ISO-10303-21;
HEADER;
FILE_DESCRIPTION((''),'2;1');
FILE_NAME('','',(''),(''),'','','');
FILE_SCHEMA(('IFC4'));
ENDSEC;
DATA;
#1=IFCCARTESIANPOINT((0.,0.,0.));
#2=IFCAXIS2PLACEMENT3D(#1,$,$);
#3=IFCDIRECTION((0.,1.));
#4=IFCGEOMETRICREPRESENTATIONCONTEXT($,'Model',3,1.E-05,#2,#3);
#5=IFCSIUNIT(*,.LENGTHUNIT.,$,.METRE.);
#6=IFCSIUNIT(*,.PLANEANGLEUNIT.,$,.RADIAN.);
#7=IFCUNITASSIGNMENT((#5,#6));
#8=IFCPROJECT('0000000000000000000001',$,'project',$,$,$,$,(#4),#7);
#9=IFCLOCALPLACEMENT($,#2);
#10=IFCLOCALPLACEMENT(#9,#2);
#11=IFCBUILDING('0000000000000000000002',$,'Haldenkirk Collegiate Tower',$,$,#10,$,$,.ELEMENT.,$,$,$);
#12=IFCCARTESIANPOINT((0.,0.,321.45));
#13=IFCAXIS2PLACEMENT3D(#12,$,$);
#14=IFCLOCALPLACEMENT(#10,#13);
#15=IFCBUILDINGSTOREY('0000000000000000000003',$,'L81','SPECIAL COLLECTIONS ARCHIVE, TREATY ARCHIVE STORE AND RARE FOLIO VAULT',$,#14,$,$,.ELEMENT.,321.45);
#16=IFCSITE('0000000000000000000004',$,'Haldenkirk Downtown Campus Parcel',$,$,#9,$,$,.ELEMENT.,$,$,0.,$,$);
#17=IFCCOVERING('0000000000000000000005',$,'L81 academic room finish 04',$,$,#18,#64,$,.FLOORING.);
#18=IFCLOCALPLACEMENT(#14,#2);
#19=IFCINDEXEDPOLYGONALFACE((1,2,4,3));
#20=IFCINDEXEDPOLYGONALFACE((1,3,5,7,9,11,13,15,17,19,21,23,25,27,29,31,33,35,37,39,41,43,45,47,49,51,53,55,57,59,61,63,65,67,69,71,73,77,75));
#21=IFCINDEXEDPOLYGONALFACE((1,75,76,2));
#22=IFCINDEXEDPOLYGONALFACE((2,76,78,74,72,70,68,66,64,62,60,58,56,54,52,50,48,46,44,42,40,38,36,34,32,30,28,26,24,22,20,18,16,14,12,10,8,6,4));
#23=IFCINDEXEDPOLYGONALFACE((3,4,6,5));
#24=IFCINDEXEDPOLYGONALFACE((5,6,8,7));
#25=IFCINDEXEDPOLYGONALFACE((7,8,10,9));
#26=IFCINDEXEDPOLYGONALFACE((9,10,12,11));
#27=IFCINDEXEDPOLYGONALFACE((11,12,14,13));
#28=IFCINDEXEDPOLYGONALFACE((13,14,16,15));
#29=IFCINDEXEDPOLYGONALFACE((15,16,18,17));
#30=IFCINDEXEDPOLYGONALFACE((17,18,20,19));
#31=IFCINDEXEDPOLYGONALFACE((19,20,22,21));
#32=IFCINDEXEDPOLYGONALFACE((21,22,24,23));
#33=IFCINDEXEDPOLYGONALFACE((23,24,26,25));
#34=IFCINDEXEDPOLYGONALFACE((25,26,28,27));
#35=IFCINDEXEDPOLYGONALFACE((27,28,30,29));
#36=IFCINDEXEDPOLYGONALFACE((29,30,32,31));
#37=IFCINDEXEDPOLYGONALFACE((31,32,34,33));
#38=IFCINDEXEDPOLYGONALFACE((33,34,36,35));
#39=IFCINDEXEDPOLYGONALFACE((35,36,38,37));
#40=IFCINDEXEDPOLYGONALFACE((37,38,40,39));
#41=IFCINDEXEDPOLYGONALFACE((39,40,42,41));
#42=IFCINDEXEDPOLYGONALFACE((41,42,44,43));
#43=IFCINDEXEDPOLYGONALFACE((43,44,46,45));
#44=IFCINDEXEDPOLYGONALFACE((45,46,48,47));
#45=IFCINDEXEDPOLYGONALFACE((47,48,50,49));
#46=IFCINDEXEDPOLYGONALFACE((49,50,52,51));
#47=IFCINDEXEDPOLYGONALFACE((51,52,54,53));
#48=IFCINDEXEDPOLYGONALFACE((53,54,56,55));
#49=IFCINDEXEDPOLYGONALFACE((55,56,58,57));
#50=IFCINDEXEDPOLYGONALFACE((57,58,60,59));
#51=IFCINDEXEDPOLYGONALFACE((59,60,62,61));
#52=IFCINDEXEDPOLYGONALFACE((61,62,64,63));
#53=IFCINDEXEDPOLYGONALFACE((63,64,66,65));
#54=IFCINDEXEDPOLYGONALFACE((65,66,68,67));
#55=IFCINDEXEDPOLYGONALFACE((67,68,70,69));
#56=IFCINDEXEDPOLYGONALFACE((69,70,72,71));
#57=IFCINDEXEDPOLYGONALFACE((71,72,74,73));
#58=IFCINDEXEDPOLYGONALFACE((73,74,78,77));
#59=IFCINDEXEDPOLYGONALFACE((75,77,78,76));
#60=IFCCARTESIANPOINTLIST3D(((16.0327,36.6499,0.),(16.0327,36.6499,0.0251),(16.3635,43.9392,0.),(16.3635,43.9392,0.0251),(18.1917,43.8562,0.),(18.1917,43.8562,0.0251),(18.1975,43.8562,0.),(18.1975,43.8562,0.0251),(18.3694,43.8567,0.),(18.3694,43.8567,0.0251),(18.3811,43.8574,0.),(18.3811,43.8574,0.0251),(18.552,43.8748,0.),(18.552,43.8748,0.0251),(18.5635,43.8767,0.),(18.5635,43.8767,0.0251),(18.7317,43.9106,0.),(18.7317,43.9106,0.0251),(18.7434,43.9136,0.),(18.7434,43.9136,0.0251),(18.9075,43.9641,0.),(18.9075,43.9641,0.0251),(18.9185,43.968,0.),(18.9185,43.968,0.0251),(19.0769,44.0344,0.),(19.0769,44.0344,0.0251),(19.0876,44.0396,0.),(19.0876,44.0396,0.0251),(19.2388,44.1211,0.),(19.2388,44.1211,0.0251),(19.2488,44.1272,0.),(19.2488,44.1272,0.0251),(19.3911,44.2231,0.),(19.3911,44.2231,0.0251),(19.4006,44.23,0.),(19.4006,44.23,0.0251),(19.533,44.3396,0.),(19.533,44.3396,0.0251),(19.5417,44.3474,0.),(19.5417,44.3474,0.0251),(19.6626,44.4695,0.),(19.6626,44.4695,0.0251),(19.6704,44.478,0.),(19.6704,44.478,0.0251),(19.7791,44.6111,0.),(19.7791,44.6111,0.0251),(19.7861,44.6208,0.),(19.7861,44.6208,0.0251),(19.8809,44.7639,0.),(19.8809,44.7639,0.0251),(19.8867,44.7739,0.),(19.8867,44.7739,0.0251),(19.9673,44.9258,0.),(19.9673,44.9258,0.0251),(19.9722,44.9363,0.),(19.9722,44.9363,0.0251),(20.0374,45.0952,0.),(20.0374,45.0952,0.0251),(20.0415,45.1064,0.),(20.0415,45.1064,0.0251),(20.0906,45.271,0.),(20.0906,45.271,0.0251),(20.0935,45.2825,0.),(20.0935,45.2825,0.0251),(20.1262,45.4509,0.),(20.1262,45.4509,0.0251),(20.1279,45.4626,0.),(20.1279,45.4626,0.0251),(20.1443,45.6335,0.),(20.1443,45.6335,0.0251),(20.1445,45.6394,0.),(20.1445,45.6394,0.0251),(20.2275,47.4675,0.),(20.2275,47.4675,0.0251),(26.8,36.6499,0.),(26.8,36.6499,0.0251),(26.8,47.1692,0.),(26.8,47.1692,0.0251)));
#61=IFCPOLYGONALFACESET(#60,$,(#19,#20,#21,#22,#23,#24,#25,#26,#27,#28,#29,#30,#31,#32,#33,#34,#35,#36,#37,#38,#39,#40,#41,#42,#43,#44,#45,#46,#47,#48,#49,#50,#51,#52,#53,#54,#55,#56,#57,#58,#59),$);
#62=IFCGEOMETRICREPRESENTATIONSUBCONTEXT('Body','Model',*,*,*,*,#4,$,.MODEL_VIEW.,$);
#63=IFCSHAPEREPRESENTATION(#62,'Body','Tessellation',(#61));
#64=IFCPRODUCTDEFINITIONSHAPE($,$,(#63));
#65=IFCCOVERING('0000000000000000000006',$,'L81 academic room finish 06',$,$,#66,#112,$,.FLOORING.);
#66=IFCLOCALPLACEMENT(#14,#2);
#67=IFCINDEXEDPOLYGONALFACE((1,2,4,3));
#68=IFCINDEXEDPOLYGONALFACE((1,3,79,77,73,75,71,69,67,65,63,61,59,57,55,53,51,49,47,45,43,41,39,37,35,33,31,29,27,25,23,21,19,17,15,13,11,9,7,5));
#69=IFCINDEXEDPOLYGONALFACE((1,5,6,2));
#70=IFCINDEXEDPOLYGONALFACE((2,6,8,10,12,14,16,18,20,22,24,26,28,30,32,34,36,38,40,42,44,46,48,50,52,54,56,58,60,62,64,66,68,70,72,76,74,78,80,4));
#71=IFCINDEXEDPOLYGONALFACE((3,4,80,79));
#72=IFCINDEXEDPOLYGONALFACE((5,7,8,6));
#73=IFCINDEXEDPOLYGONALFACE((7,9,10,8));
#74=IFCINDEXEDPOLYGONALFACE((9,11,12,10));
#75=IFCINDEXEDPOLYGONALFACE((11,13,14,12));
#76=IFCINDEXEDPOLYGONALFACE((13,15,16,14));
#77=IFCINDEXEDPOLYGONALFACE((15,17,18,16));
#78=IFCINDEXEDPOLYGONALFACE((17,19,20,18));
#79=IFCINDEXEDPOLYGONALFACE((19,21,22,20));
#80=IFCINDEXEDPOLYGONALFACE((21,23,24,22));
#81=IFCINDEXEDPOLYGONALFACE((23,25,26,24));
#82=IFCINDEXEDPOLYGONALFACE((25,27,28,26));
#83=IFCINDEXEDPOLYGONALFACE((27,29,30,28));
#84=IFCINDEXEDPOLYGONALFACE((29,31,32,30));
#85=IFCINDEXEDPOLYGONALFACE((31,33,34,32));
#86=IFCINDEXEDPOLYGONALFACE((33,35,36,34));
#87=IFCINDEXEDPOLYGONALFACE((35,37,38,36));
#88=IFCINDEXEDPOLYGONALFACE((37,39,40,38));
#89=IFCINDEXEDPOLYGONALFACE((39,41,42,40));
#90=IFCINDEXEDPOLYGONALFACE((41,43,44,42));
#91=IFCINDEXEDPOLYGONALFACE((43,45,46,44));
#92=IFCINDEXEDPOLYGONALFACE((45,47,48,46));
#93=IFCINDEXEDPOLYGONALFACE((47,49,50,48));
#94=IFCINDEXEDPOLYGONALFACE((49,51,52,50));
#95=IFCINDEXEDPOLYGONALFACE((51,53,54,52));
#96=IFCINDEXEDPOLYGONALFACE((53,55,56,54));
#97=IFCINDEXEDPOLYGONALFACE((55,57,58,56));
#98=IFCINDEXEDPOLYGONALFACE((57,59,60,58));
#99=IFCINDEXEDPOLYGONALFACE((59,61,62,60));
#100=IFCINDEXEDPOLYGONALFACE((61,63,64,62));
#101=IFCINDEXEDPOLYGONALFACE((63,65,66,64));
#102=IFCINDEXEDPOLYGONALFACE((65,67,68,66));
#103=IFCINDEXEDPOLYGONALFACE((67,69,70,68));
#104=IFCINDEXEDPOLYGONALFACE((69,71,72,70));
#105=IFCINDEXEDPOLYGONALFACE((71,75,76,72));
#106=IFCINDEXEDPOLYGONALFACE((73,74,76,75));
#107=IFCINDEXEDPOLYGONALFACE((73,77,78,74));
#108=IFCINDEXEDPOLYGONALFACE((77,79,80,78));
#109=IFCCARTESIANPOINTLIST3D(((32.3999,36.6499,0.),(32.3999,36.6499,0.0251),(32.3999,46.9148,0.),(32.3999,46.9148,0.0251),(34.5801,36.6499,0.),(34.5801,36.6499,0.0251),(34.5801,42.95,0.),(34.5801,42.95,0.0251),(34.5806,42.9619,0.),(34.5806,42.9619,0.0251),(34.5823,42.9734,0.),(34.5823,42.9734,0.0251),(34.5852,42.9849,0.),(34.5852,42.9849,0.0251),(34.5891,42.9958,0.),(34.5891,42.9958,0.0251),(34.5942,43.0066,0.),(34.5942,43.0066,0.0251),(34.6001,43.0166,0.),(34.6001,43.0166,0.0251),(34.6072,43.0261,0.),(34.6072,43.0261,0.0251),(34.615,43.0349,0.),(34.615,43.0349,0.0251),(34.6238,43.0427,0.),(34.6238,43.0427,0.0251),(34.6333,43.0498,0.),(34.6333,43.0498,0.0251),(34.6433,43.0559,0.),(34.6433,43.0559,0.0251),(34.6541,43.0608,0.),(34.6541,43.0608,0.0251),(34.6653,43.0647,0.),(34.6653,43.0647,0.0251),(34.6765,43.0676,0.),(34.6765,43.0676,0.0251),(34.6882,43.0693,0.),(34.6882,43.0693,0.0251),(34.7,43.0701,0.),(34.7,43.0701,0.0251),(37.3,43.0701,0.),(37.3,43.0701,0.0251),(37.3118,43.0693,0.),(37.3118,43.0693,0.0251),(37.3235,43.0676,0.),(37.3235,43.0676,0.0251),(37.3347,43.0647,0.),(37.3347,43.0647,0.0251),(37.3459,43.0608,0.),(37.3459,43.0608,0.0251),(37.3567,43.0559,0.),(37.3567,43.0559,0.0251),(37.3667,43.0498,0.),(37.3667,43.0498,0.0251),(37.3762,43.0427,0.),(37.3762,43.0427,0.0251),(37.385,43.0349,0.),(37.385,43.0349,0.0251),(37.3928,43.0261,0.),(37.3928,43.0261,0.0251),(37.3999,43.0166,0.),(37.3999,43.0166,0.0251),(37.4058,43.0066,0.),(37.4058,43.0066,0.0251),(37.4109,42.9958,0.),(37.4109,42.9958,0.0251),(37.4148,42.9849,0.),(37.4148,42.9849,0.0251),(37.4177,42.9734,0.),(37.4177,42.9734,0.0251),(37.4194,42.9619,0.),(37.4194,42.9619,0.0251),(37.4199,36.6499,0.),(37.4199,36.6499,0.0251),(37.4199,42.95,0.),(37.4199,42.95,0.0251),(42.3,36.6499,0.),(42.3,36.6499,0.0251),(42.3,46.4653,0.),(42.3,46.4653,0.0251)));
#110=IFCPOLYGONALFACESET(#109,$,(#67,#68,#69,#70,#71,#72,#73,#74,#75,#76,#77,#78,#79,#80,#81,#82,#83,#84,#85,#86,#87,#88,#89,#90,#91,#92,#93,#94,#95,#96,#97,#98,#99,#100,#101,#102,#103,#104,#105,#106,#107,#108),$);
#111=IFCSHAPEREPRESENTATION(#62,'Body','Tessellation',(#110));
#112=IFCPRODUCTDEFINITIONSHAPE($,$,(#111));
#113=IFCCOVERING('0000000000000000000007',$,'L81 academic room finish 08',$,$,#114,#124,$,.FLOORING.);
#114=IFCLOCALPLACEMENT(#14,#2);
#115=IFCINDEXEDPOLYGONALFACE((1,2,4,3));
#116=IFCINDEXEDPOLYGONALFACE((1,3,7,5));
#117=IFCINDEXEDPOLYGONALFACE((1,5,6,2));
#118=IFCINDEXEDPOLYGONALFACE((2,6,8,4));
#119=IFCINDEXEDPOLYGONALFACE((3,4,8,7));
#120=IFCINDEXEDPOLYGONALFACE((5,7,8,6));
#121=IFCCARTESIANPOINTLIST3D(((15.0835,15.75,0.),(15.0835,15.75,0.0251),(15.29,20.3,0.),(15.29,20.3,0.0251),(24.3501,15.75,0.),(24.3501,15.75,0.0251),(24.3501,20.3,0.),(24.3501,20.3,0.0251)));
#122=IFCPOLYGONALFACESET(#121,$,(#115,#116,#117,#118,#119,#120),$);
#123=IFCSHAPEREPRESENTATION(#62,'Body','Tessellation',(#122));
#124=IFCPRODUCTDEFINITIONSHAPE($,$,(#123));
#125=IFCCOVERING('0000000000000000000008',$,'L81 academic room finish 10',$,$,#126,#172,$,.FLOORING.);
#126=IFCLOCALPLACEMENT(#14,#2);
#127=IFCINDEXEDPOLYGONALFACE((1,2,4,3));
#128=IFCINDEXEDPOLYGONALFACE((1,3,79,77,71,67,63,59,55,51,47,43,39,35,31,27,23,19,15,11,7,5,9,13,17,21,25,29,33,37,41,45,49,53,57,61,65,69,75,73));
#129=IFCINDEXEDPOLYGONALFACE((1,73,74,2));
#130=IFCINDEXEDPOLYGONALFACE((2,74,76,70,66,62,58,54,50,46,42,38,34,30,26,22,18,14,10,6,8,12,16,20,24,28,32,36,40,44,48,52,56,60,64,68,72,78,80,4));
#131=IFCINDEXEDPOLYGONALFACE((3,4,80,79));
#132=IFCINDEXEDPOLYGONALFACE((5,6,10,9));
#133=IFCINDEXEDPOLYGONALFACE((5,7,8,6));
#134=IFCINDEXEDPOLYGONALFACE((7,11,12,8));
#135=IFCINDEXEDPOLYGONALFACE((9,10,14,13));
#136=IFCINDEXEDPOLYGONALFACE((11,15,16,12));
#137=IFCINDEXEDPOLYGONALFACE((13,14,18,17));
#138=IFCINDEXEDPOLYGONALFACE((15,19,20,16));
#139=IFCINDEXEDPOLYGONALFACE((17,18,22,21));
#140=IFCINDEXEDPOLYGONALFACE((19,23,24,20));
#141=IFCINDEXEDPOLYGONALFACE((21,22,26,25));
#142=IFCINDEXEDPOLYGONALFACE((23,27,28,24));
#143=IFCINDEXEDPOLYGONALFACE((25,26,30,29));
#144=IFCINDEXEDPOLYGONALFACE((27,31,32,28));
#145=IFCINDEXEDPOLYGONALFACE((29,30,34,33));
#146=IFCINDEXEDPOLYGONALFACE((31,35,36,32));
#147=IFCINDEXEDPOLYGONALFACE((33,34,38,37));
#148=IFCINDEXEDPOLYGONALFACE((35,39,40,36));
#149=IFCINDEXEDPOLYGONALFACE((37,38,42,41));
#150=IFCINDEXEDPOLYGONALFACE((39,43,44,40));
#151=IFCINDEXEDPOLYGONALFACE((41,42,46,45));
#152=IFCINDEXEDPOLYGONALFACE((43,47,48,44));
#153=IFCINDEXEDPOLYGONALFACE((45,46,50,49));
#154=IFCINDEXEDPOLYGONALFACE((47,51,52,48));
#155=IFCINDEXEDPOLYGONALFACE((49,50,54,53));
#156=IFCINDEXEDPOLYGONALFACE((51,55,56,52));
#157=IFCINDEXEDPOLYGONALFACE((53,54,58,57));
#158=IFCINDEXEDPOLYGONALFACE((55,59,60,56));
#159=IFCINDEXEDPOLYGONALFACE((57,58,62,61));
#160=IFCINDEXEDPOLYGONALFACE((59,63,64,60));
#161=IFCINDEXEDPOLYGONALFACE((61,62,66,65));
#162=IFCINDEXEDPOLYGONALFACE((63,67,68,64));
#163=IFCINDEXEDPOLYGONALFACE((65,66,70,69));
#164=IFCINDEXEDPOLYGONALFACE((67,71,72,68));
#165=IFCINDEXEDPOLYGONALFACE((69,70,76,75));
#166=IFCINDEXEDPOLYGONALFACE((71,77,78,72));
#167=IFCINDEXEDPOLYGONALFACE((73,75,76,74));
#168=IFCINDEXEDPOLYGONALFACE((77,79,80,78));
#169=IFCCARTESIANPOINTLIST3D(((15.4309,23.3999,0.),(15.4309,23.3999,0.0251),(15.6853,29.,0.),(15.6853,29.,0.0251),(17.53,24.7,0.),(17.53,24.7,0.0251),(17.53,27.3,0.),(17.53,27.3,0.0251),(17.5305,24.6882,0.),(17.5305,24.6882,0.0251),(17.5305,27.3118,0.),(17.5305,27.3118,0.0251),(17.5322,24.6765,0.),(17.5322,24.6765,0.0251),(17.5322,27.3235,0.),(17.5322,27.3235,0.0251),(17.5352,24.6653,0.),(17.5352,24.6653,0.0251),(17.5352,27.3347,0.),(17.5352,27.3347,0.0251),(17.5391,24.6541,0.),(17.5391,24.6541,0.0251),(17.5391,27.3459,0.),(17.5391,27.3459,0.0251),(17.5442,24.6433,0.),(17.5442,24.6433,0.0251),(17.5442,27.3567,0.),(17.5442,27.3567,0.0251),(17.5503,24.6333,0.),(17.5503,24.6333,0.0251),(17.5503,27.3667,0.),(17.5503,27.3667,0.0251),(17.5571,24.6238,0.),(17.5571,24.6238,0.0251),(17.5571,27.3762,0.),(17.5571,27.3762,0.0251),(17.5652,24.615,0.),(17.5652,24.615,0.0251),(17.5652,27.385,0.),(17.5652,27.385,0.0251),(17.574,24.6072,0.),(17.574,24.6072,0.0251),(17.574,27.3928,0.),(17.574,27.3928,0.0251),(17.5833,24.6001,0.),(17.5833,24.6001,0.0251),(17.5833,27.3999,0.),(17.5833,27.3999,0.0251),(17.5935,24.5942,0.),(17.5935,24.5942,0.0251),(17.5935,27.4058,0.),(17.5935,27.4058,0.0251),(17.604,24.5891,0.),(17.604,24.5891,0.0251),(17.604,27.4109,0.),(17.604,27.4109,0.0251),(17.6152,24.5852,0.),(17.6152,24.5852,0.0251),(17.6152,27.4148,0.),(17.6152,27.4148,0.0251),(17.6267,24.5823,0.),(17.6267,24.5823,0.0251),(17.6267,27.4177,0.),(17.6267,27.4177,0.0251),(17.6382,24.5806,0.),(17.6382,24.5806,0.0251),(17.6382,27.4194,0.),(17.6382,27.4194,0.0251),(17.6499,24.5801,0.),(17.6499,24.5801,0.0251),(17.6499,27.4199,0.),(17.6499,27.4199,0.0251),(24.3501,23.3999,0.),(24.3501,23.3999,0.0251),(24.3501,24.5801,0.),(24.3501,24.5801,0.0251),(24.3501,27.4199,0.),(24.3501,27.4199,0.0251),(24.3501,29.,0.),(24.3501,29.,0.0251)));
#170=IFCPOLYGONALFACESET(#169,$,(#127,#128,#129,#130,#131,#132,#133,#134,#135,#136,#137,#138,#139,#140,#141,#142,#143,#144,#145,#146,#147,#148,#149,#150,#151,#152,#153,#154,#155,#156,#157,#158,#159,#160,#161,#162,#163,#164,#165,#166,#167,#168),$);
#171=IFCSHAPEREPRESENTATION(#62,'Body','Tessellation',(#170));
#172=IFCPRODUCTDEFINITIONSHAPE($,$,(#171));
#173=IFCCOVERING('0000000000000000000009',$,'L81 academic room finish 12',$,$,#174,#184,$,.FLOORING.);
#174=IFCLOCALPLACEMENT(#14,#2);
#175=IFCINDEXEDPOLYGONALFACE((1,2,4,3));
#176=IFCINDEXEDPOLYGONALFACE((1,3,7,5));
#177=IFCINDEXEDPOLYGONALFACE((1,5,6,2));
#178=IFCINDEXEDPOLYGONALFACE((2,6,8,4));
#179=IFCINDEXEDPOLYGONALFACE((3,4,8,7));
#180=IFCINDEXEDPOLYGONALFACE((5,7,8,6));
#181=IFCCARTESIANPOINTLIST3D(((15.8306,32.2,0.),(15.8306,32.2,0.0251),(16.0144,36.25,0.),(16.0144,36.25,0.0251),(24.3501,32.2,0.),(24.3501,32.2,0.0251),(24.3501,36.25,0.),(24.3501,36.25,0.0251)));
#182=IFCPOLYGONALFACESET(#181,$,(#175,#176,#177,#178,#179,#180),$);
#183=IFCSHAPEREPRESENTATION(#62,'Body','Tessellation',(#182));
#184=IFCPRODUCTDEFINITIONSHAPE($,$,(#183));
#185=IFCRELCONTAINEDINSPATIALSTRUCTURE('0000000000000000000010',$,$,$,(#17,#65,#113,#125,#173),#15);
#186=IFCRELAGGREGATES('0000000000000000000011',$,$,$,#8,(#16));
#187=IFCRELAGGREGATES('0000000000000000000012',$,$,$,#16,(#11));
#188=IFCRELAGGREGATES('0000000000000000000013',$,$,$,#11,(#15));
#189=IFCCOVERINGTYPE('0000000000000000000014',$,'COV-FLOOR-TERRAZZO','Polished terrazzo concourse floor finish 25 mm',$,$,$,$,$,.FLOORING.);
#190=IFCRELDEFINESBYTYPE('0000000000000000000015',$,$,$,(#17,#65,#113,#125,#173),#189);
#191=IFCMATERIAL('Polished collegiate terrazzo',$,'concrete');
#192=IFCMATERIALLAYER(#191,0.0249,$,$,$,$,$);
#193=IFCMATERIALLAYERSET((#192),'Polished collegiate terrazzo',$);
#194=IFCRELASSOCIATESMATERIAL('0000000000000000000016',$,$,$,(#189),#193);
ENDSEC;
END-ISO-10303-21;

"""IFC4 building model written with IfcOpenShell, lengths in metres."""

from ifc_helpers import new_model, si_unit, direction, frame, origin, place, context, subcontext, project, spatial, polyline, outline, extrude, material, layer, layer_set, type_object, element, save


model = new_model("IFC4")

# Units and contexts
model_context = context("Model", 3, precision=1e-05, world=origin(), true_north=direction((0.0, 1.0)))
body_context = subcontext(model_context, "Body", "Model", "MODEL_VIEW")
ifc_project = project(units=[si_unit("LENGTHUNIT", "METRE"), si_unit("PLANEANGLEUNIT", "RADIAN")], contexts=[model_context])

# Site, building, storey
site_placement = place(None, origin())
site = spatial("IfcSite", under=ifc_project, at=site_placement, Name="Haldenkirk Downtown Campus Parcel", CompositionType="ELEMENT", RefElevation=0.0)
building_placement = place(site_placement, origin())
building = spatial("IfcBuilding", under=site, at=building_placement, Name="Haldenkirk Collegiate Tower", CompositionType="ELEMENT")
storey_placement = place(building_placement, frame((0.0, 0.0, 321.45)))
storey = spatial("IfcBuildingStorey", under=building, at=storey_placement, Name="L81", Description="SPECIAL COLLECTIONS ARCHIVE, TREATY ARCHIVE STORE AND RARE FOLIO VAULT", CompositionType="ELEMENT", Elevation=321.45)

# Coverings
ifc_material_1 = material(Name="Polished collegiate terrazzo", Category="concrete")
ifc_layer_1 = layer(ifc_material_1, 0.0249)
ifc_layer_set_1 = layer_set([ifc_layer_1], Name="Polished collegiate terrazzo")
covering_type_1 = type_object("IfcCoveringType", Name="COV-FLOOR-TERRAZZO", Description="Polished terrazzo concourse floor finish 25 mm", PredefinedType="FLOORING", material=ifc_layer_set_1)
covering_1_placement = place(storey_placement, origin())
element("IfcCovering", 1, at=covering_1_placement, inside=storey, type_object=covering_type_1, Name="L81 academic room finish 04", PredefinedType="FLOORING", context=body_context, shape_type="SweptSolid", body=[
    extrude(outline(polyline([(18.1917, 43.8562), (18.1975, 43.8562), (18.3694, 43.8567), (18.3811, 43.8574), (18.552, 43.8748), (18.5635, 43.8767), (18.7317, 43.9106), (18.7434, 43.9136), (18.9075, 43.9641), (18.9185, 43.968), (19.0769, 44.0344), (19.0876, 44.0396), (19.2388, 44.1211), (19.2488, 44.1272), (19.3911, 44.2231), (19.4006, 44.23), (19.533, 44.3396), (19.5417, 44.3474), (19.6626, 44.4695), (19.6704, 44.478), (19.7791, 44.6111), (19.7861, 44.6208), (19.8809, 44.7639), (19.8867, 44.7739), (19.9673, 44.9258), (19.9722, 44.9363), (20.0374, 45.0952), (20.0415, 45.1064), (20.0906, 45.271), (20.0935, 45.2825), (20.1262, 45.4509), (20.1279, 45.4626), (20.1443, 45.6335), (20.1445, 45.6394), (20.2275, 47.4675), (26.8, 47.1692), (26.8, 36.6499), (16.0327, 36.6499), (16.3635, 43.9392), (18.1917, 43.8562)])), origin(), (0.0, 0.0, 1.0), 0.0251),
])
covering_2_placement = place(storey_placement, origin())
element("IfcCovering", 2, at=covering_2_placement, inside=storey, type_object=covering_type_1, Name="L81 academic room finish 06", PredefinedType="FLOORING", context=body_context, shape_type="SweptSolid", body=[
    extrude(outline(polyline([(42.3, 46.4653), (42.3, 36.6499), (37.4199, 36.6499), (37.4199, 42.95), (37.4194, 42.9619), (37.4177, 42.9734), (37.4148, 42.9849), (37.4109, 42.9958), (37.4058, 43.0066), (37.3999, 43.0166), (37.3928, 43.0261), (37.385, 43.0349), (37.3762, 43.0427), (37.3667, 43.0498), (37.3567, 43.0559), (37.3459, 43.0608), (37.3347, 43.0647), (37.3235, 43.0676), (37.3118, 43.0693), (37.3, 43.0701), (34.7, 43.0701), (34.6882, 43.0693), (34.6765, 43.0676), (34.6653, 43.0647), (34.6541, 43.0608), (34.6433, 43.0559), (34.6333, 43.0498), (34.6238, 43.0427), (34.615, 43.0349), (34.6072, 43.0261), (34.6001, 43.0166), (34.5942, 43.0066), (34.5891, 42.9958), (34.5852, 42.9849), (34.5823, 42.9734), (34.5806, 42.9619), (34.5801, 42.95), (34.5801, 36.6499), (32.3999, 36.6499), (32.3999, 46.9148), (42.3, 46.4653)])), origin(), (0.0, 0.0, 1.0), 0.0251),
])
covering_3_placement = place(storey_placement, origin())
element("IfcCovering", 3, at=covering_3_placement, inside=storey, type_object=covering_type_1, Name="L81 academic room finish 08", PredefinedType="FLOORING", context=body_context, shape_type="SweptSolid", body=[
    extrude(outline(polyline([(15.29, 20.3), (24.3501, 20.3), (24.3501, 15.75), (15.0835, 15.75), (15.29, 20.3)])), origin(), (0.0, 0.0, 1.0), 0.0251),
])
covering_4_placement = place(storey_placement, origin())
element("IfcCovering", 4, at=covering_4_placement, inside=storey, type_object=covering_type_1, Name="L81 academic room finish 10", PredefinedType="FLOORING", context=body_context, shape_type="SweptSolid", body=[
    extrude(outline(polyline([(17.6499, 27.4199), (17.6382, 27.4194), (17.6267, 27.4177), (17.6152, 27.4148), (17.604, 27.4109), (17.5935, 27.4058), (17.5833, 27.3999), (17.574, 27.3928), (17.5652, 27.385), (17.5571, 27.3762), (17.5503, 27.3667), (17.5442, 27.3567), (17.5391, 27.3459), (17.5352, 27.3347), (17.5322, 27.3235), (17.5305, 27.3118), (17.53, 27.3), (17.53, 24.7), (17.5305, 24.6882), (17.5322, 24.6765), (17.5352, 24.6653), (17.5391, 24.6541), (17.5442, 24.6433), (17.5503, 24.6333), (17.5571, 24.6238), (17.5652, 24.615), (17.574, 24.6072), (17.5833, 24.6001), (17.5935, 24.5942), (17.604, 24.5891), (17.6152, 24.5852), (17.6267, 24.5823), (17.6382, 24.5806), (17.6499, 24.5801), (24.3501, 24.5801), (24.3501, 23.3999), (15.4309, 23.3999), (15.6853, 29.0), (24.3501, 29.0), (24.3501, 27.4199), (17.6499, 27.4199)])), origin(), (0.0, 0.0, 1.0), 0.0251),
])
covering_5_placement = place(storey_placement, origin())
element("IfcCovering", 5, at=covering_5_placement, inside=storey, type_object=covering_type_1, Name="L81 academic room finish 12", PredefinedType="FLOORING", context=body_context, shape_type="SweptSolid", body=[
    extrude(outline(polyline([(16.0144, 36.25), (24.3501, 36.25), (24.3501, 32.2), (15.8306, 32.2), (16.0144, 36.25)])), origin(), (0.0, 0.0, 1.0), 0.0251),
])

save(model, "model.ifc")
